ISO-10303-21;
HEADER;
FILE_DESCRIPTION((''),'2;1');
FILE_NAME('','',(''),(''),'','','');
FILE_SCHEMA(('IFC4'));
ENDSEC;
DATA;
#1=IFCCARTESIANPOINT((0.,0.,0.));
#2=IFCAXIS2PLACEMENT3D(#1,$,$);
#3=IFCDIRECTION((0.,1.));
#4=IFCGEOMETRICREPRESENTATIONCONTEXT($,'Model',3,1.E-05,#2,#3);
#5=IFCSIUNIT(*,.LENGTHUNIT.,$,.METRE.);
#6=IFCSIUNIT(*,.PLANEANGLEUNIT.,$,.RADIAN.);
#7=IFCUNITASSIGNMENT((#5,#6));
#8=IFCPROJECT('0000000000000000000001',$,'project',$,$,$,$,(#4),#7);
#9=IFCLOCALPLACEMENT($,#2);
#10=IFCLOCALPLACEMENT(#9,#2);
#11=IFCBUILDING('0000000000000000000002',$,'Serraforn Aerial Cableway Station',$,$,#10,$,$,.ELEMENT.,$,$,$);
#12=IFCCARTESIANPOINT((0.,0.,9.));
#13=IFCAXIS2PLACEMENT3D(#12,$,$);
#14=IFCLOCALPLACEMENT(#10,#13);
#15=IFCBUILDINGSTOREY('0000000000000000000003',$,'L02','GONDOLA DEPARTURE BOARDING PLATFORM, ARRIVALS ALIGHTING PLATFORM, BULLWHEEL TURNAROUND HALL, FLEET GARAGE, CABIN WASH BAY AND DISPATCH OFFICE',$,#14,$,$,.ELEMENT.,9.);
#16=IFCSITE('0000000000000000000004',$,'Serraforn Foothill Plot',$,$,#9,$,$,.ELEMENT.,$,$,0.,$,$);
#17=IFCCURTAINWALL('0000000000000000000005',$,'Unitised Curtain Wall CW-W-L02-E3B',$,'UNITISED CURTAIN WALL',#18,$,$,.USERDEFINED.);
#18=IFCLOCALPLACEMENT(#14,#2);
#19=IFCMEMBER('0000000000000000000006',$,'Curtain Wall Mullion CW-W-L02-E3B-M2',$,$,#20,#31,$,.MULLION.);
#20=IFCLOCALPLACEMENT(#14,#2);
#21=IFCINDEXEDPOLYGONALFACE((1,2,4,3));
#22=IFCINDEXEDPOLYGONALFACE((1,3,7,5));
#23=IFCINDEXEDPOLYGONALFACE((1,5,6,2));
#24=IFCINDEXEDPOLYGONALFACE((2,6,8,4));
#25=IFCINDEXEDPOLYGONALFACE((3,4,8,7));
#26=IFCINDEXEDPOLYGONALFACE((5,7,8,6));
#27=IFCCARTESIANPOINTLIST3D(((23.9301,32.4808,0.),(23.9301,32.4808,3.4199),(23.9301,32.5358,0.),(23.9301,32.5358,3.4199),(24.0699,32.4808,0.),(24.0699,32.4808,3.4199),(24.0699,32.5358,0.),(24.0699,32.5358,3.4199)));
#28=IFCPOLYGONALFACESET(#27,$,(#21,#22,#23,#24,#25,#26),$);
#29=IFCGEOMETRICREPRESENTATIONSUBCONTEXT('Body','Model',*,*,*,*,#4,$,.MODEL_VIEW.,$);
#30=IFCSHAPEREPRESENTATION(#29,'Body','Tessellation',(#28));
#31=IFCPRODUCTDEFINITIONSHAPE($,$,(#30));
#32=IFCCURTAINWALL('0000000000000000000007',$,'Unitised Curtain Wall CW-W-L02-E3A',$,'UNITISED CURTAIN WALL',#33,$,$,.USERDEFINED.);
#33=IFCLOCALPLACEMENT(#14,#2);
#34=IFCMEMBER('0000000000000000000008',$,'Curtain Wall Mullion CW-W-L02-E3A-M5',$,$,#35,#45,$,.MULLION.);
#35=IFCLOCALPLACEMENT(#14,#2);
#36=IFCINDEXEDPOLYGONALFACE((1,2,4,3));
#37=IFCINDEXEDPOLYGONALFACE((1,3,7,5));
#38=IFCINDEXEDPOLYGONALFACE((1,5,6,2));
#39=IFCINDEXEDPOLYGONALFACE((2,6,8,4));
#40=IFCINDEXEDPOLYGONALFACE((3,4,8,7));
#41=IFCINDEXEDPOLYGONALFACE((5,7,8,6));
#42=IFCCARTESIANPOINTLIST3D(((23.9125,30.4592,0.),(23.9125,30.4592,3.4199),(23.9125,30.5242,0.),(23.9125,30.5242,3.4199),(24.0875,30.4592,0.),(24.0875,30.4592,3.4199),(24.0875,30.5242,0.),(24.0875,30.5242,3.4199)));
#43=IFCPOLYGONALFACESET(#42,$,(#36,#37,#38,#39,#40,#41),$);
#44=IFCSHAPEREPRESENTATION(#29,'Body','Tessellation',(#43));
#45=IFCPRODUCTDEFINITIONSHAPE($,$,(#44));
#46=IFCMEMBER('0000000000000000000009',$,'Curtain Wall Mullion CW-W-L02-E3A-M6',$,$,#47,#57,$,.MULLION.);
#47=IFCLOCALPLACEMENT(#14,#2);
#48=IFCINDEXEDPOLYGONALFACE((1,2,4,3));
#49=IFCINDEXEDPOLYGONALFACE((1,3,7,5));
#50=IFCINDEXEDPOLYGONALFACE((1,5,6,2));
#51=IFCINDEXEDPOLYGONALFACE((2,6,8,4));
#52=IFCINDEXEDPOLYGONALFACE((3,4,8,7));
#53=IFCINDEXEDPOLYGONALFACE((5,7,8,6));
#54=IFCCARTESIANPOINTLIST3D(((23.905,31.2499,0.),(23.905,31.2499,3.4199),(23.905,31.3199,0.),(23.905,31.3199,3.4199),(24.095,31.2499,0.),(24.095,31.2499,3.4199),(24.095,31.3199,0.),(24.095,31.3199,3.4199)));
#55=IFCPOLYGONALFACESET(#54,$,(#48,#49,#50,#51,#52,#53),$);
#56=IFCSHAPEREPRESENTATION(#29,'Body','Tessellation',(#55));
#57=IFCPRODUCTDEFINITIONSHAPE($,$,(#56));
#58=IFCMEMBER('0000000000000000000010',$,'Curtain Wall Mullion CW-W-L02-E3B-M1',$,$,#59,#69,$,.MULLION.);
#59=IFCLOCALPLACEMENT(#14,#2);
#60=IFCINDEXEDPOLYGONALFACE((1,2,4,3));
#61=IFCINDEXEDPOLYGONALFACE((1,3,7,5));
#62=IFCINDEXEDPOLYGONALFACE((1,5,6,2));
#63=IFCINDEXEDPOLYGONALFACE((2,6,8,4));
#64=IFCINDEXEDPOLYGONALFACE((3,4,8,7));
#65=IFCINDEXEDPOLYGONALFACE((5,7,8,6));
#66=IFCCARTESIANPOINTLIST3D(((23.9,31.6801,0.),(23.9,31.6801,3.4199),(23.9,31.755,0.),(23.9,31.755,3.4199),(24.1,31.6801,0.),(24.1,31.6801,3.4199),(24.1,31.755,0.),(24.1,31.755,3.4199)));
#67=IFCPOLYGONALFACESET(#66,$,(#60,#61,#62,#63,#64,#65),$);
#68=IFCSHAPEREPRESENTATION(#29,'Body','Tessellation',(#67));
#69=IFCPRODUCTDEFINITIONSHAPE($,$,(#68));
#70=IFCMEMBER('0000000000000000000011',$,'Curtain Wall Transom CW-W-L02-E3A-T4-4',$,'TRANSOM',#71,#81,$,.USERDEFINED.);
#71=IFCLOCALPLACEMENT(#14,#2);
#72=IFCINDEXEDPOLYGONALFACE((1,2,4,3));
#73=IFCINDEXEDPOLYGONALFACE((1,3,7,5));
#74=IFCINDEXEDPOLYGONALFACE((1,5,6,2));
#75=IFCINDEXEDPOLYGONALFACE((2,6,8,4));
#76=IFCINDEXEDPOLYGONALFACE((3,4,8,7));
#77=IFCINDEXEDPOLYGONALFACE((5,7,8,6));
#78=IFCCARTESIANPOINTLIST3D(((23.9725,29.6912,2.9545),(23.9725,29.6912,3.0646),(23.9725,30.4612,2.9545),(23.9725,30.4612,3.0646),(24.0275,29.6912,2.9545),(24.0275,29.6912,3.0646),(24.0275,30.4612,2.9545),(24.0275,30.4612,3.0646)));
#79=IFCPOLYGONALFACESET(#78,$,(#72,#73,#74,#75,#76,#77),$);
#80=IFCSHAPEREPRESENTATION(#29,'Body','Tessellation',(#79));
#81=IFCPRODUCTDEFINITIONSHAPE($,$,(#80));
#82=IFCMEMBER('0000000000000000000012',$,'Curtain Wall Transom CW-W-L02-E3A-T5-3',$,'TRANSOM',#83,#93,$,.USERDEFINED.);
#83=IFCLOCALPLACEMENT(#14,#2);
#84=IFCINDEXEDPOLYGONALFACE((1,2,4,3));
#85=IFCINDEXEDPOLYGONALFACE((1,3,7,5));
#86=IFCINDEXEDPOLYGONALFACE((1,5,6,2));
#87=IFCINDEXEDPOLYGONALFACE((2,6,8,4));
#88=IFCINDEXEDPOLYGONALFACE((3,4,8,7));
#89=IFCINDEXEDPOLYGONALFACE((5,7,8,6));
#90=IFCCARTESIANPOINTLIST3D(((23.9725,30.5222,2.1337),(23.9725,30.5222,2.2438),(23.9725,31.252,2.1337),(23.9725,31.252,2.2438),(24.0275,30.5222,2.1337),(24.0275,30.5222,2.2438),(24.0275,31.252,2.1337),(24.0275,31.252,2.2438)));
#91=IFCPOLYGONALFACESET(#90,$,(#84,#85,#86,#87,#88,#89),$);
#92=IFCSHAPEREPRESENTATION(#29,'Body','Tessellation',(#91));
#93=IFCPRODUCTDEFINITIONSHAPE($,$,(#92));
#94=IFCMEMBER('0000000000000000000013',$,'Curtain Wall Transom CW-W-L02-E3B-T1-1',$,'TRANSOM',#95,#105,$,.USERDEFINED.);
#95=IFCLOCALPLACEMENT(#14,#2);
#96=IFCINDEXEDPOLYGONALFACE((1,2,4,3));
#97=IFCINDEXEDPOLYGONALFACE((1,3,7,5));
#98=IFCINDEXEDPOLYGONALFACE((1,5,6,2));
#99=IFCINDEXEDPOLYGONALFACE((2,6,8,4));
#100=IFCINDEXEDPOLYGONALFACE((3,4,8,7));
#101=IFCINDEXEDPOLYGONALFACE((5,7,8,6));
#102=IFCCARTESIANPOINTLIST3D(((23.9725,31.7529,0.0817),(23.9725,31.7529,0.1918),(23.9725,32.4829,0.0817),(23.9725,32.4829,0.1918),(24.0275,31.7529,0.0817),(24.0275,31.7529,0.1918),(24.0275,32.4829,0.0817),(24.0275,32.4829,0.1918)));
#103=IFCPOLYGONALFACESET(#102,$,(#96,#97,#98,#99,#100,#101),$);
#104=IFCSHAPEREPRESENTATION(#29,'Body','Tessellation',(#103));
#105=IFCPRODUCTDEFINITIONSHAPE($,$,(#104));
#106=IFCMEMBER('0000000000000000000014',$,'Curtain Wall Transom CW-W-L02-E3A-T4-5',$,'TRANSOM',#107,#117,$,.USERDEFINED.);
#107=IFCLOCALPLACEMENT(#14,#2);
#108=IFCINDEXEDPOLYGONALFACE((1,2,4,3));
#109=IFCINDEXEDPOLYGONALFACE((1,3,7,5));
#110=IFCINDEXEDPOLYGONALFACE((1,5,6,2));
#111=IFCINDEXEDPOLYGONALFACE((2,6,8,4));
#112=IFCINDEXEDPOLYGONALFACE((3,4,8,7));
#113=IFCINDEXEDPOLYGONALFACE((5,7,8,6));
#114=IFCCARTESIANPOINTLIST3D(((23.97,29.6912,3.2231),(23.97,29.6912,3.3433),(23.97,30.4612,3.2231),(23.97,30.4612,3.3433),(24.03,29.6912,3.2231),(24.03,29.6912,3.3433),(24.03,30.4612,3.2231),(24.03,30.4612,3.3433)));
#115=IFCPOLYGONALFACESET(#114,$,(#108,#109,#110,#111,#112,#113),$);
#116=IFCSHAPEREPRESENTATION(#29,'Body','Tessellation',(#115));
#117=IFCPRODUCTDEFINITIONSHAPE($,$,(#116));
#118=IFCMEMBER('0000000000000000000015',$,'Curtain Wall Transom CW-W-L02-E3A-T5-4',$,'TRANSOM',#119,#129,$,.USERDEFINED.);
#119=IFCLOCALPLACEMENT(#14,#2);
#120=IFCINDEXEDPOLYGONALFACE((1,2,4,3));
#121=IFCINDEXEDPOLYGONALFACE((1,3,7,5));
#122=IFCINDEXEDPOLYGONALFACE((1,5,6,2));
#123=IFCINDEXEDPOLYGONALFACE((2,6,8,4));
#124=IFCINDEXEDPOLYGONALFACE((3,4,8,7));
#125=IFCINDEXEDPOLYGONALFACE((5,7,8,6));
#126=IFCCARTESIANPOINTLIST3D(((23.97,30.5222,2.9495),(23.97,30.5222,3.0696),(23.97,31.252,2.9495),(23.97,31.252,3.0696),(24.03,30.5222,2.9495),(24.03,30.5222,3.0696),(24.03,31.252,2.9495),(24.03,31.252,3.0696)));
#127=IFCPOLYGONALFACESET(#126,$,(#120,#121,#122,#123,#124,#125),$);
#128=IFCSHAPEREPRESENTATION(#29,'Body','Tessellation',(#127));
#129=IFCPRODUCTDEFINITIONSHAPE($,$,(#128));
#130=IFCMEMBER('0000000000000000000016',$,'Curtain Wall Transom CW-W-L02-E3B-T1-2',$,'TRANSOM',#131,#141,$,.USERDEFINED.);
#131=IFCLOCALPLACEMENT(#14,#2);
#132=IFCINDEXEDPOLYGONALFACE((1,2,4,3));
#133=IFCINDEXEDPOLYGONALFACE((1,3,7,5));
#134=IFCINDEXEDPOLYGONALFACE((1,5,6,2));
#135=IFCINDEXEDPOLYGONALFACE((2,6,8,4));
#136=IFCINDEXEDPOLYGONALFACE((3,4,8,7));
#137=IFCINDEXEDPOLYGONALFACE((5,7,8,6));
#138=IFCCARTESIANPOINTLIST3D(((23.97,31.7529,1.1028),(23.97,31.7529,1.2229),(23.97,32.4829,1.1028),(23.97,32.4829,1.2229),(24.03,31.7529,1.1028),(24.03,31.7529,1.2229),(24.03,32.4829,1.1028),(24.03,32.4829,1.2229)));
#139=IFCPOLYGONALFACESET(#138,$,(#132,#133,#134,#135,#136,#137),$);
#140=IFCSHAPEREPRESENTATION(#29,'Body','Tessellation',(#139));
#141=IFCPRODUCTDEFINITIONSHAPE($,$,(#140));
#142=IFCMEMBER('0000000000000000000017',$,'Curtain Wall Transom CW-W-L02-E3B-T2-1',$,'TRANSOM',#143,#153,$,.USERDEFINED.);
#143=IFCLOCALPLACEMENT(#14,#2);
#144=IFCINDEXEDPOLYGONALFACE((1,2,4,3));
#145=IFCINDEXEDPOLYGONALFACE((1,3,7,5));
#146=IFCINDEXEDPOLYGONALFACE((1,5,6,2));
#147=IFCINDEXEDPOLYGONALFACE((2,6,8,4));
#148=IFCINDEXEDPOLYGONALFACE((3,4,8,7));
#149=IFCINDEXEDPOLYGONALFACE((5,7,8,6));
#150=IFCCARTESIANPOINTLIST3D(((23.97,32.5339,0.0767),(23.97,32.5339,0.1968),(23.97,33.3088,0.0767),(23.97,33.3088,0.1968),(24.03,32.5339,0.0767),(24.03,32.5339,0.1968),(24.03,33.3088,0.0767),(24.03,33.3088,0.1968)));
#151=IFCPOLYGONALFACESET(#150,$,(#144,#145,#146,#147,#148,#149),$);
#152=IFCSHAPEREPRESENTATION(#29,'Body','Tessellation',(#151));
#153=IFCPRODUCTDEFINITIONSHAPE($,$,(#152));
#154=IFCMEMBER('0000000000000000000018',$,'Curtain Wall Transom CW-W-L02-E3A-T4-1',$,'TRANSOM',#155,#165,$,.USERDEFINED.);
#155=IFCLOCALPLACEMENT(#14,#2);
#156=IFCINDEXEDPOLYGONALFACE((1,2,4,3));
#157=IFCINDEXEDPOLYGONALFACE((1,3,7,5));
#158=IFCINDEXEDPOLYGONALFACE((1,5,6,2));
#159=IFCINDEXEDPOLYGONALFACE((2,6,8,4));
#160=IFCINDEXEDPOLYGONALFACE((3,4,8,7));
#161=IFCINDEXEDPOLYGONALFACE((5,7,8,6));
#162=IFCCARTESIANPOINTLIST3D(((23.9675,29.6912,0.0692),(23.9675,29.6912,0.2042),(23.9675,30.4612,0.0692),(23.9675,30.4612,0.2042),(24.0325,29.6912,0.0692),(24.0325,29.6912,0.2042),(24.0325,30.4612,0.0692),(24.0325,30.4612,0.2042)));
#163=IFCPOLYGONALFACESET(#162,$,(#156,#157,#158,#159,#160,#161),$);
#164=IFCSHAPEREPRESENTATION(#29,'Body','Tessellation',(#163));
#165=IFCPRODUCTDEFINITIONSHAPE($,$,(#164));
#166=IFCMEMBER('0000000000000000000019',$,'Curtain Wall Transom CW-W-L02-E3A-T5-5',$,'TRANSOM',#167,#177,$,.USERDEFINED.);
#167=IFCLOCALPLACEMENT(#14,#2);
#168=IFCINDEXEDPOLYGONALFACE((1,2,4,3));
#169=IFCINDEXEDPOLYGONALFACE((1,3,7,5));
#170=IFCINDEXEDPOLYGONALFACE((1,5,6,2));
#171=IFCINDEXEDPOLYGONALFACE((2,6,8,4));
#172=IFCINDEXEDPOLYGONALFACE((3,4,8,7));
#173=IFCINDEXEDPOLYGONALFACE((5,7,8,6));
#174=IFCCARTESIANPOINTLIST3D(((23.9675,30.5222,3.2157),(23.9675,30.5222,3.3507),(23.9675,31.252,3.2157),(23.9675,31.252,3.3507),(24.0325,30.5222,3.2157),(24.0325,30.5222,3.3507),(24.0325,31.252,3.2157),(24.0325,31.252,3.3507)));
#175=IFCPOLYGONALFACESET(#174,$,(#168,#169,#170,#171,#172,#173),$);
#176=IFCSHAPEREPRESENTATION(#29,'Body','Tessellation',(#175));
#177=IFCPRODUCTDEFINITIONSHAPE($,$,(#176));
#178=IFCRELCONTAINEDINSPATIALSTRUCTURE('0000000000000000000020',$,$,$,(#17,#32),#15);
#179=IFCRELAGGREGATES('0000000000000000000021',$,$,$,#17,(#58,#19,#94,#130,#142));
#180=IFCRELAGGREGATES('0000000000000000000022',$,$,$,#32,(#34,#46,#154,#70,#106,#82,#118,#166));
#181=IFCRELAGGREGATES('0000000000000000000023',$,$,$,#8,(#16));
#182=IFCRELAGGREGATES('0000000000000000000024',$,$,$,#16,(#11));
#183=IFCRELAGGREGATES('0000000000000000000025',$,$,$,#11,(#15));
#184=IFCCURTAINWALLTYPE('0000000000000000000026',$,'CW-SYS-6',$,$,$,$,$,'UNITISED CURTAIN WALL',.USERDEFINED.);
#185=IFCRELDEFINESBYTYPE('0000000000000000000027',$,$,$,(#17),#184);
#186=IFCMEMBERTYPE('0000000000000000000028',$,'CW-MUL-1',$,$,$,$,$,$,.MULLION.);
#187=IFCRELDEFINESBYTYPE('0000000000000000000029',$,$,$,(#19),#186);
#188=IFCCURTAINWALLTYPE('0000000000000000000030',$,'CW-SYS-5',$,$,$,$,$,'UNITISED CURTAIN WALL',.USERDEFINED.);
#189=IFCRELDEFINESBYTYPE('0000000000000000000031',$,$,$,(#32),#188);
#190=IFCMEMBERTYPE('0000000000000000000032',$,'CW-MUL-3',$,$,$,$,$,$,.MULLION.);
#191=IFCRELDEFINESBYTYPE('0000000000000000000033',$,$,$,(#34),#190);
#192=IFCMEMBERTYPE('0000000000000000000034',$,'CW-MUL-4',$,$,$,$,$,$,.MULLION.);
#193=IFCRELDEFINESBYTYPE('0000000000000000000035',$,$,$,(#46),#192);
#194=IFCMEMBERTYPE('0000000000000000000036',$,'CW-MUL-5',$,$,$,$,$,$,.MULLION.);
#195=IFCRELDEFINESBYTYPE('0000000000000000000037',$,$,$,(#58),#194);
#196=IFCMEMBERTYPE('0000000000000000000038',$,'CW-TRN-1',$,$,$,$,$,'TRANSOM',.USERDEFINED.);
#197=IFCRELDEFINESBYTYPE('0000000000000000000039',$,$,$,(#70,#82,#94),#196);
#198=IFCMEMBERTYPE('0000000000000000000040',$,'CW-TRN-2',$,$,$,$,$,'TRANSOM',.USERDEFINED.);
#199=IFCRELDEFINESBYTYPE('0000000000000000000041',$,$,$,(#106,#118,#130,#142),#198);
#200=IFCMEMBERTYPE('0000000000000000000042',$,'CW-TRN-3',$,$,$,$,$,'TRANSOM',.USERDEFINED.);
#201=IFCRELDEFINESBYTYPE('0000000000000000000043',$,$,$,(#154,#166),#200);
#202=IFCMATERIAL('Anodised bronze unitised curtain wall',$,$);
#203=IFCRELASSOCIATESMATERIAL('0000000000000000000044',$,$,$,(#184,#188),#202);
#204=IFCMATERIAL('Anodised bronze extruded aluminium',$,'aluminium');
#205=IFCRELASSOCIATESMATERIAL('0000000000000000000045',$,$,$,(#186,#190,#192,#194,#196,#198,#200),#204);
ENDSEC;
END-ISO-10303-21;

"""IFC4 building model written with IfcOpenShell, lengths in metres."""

from ifc_helpers import new_model, si_unit, direction, frame, origin, origin_2d, place, context, subcontext, project, spatial, rectangle, extrude, material, material_profile, profile_set, type_object, element, aggregate, save


model = new_model("IFC4")

# Units and contexts
model_context = context("Model", 3, precision=1e-05, world=origin(), true_north=direction((0.0, 1.0)))
body_context = subcontext(model_context, "Body", "Model", "MODEL_VIEW")
ifc_project = project(units=[si_unit("LENGTHUNIT", "METRE"), si_unit("PLANEANGLEUNIT", "RADIAN")], contexts=[model_context])

# Site, building, storey
site_placement = place(None, origin())
site = spatial("IfcSite", under=ifc_project, at=site_placement, Name="Serraforn Foothill Plot", CompositionType="ELEMENT", RefElevation=0.0)
building_placement = place(site_placement, origin())
building = spatial("IfcBuilding", under=site, at=building_placement, Name="Serraforn Aerial Cableway Station", CompositionType="ELEMENT")
storey_placement = place(building_placement, frame((0.0, 0.0, 9.0)))
storey = spatial("IfcBuildingStorey", under=building, at=storey_placement, Name="L02", Description="GONDOLA DEPARTURE BOARDING PLATFORM, ARRIVALS ALIGHTING PLATFORM, BULLWHEEL TURNAROUND HALL, FLEET GARAGE, CABIN WASH BAY AND DISPATCH OFFICE", CompositionType="ELEMENT", Elevation=9.0)

# Curtain wall, member
ifc_material_1 = material(Name="Anodised bronze unitised curtain wall")
curtain_wall_type_1 = type_object("IfcCurtainWallType", Name="CW-SYS-6", ElementType="UNITISED CURTAIN WALL", PredefinedType="USERDEFINED", material=ifc_material_1)
curtain_wall_1_placement = place(storey_placement, origin())
curtain_wall_1 = element("IfcCurtainWall", 1, at=curtain_wall_1_placement, inside=storey, type_object=curtain_wall_type_1, Name="Unitised Curtain Wall CW-W-L02-E3B", ObjectType="UNITISED CURTAIN WALL", PredefinedType="USERDEFINED")
ifc_material_2 = material(Name="Anodised bronze extruded aluminium", Category="aluminium")
ifc_material_profile_1 = material_profile(ifc_material_2, rectangle(XDim=0.0549, YDim=0.1399, at=origin_2d()), Name="CW MULLION 55x140")
ifc_profile_set_1 = profile_set([ifc_material_profile_1], Name="Anodised bronze extruded aluminium")
member_type_1 = type_object("IfcMemberType", Name="CW-MUL-1", PredefinedType="MULLION", material=ifc_profile_set_1)
member_1_placement = place(storey_placement, frame((24.0, 32.5083, 0.0), z_axis=(0.0, 0.0, 1.0), x_axis=(0.0, 1.0, 0.0)))
member_1 = element("IfcMember", 2, at=member_1_placement, type_object=member_type_1, Name="Curtain Wall Mullion CW-W-L02-E3B-M2", PredefinedType="MULLION", context=body_context, shape_type="SweptSolid", body=[
    extrude(rectangle(XDim=0.0549, YDim=0.1399, at=origin_2d()), origin(), (0.0, 0.0, 1.0), 3.4199),
])

# Curtain wall, members
curtain_wall_type_2 = type_object("IfcCurtainWallType", Name="CW-SYS-5", ElementType="UNITISED CURTAIN WALL", PredefinedType="USERDEFINED", material=ifc_material_1)
curtain_wall_2_placement = place(storey_placement, origin())
curtain_wall_2 = element("IfcCurtainWall", 3, at=curtain_wall_2_placement, inside=storey, type_object=curtain_wall_type_2, Name="Unitised Curtain Wall CW-W-L02-E3A", ObjectType="UNITISED CURTAIN WALL", PredefinedType="USERDEFINED")
ifc_material_profile_2 = material_profile(ifc_material_2, rectangle(XDim=0.0649, YDim=0.175, at=origin_2d()), Name="CW MULLION 65x175")
ifc_profile_set_2 = profile_set([ifc_material_profile_2], Name="Anodised bronze extruded aluminium")
member_type_2 = type_object("IfcMemberType", Name="CW-MUL-3", PredefinedType="MULLION", material=ifc_profile_set_2)
member_2_placement = place(storey_placement, frame((24.0, 30.4917, 0.0), z_axis=(0.0, 0.0, 1.0), x_axis=(0.0, 1.0, 0.0)))
member_2 = element("IfcMember", 4, at=member_2_placement, type_object=member_type_2, Name="Curtain Wall Mullion CW-W-L02-E3A-M5", PredefinedType="MULLION", context=body_context, shape_type="SweptSolid", body=[
    extrude(rectangle(XDim=0.0649, YDim=0.175, at=origin_2d()), origin(), (0.0, 0.0, 1.0), 3.4199),
])
ifc_material_profile_3 = material_profile(ifc_material_2, rectangle(XDim=0.0701, YDim=0.1899, at=origin_2d()), Name="CW MULLION 70x190")
ifc_profile_set_3 = profile_set([ifc_material_profile_3], Name="Anodised bronze extruded aluminium")
member_type_3 = type_object("IfcMemberType", Name="CW-MUL-4", PredefinedType="MULLION", material=ifc_profile_set_3)
member_3_placement = place(storey_placement, frame((24.0, 31.2849, 0.0), z_axis=(0.0, 0.0, 1.0), x_axis=(0.0, 1.0, 0.0)))
member_3 = element("IfcMember", 5, at=member_3_placement, type_object=member_type_3, Name="Curtain Wall Mullion CW-W-L02-E3A-M6", PredefinedType="MULLION", context=body_context, shape_type="SweptSolid", body=[
    extrude(rectangle(XDim=0.0701, YDim=0.1899, at=origin_2d()), origin(), (0.0, 0.0, 1.0), 3.4199),
])

# Members
ifc_material_profile_4 = material_profile(ifc_material_2, rectangle(XDim=0.075, YDim=0.2, at=origin_2d()), Name="CW MULLION 75x200")
ifc_profile_set_4 = profile_set([ifc_material_profile_4], Name="Anodised bronze extruded aluminium")
member_type_4 = type_object("IfcMemberType", Name="CW-MUL-5", PredefinedType="MULLION", material=ifc_profile_set_4)
member_4_placement = place(storey_placement, frame((24.0, 31.7175, 0.0), z_axis=(0.0, 0.0, 1.0), x_axis=(0.0, 1.0, 0.0)))
member_4 = element("IfcMember", 6, at=member_4_placement, type_object=member_type_4, Name="Curtain Wall Mullion CW-W-L02-E3B-M1", PredefinedType="MULLION", context=body_context, shape_type="SweptSolid", body=[
    extrude(rectangle(XDim=0.075, YDim=0.2, at=origin_2d()), origin(), (0.0, 0.0, 1.0), 3.4199),
])
ifc_material_profile_5 = material_profile(ifc_material_2, rectangle(XDim=0.0549, YDim=0.1101, at=origin_2d()), Name="CW TRANSOM 55x110")
ifc_profile_set_5 = profile_set([ifc_material_profile_5], Name="Anodised bronze extruded aluminium")
member_type_5 = type_object("IfcMemberType", Name="CW-TRN-1", ElementType="TRANSOM", PredefinedType="USERDEFINED", material=ifc_profile_set_5)
member_5_placement = place(storey_placement, frame((24.0, 29.6912, 3.0095), z_axis=(0.0, 1.0, 0.0), x_axis=(-1.0, 0.0, 0.0)))
member_5 = element("IfcMember", 7, at=member_5_placement, type_object=member_type_5, Name="Curtain Wall Transom CW-W-L02-E3A-T4-4", ObjectType="TRANSOM", PredefinedType="USERDEFINED", context=body_context, shape_type="SweptSolid", body=[
    extrude(rectangle(XDim=0.0549, YDim=0.1101, at=origin_2d()), origin(), (0.0, 0.0, 1.0), 0.77),
])
member_6_placement = place(storey_placement, frame((24.0, 30.5222, 2.1887), z_axis=(0.0, 1.0, 0.0), x_axis=(-1.0, 0.0, 0.0)))
member_6 = element("IfcMember", 8, at=member_6_placement, type_object=member_type_5, Name="Curtain Wall Transom CW-W-L02-E3A-T5-3", ObjectType="TRANSOM", PredefinedType="USERDEFINED", context=body_context, shape_type="SweptSolid", body=[
    extrude(rectangle(XDim=0.0549, YDim=0.1101, at=origin_2d()), origin(), (0.0, 0.0, 1.0), 0.7297),
])
member_7_placement = place(storey_placement, frame((24.0, 31.7529, 0.1367), z_axis=(0.0, 1.0, 0.0), x_axis=(-1.0, 0.0, 0.0)))
member_7 = element("IfcMember", 9, at=member_7_placement, type_object=member_type_5, Name="Curtain Wall Transom CW-W-L02-E3B-T1-1", ObjectType="TRANSOM", PredefinedType="USERDEFINED", context=body_context, shape_type="SweptSolid", body=[
    extrude(rectangle(XDim=0.0549, YDim=0.1101, at=origin_2d()), origin(), (0.0, 0.0, 1.0), 0.73),
])
ifc_material_profile_6 = material_profile(ifc_material_2, rectangle(XDim=0.0601, YDim=0.1201, at=origin_2d()), Name="CW TRANSOM 60x120")
ifc_profile_set_6 = profile_set([ifc_material_profile_6], Name="Anodised bronze extruded aluminium")
member_type_6 = type_object("IfcMemberType", Name="CW-TRN-2", ElementType="TRANSOM", PredefinedType="USERDEFINED", material=ifc_profile_set_6)
member_8_placement = place(storey_placement, frame((24.0, 29.6912, 3.2832), z_axis=(0.0, 1.0, 0.0), x_axis=(-1.0, 0.0, 0.0)))
member_8 = element("IfcMember", 10, at=member_8_placement, type_object=member_type_6, Name="Curtain Wall Transom CW-W-L02-E3A-T4-5", ObjectType="TRANSOM", PredefinedType="USERDEFINED", context=body_context, shape_type="SweptSolid", body=[
    extrude(rectangle(XDim=0.0601, YDim=0.1201, at=origin_2d()), origin(), (0.0, 0.0, 1.0), 0.77),
])
member_9_placement = place(storey_placement, frame((24.0, 30.5222, 3.0095), z_axis=(0.0, 1.0, 0.0), x_axis=(-1.0, 0.0, 0.0)))
member_9 = element("IfcMember", 11, at=member_9_placement, type_object=member_type_6, Name="Curtain Wall Transom CW-W-L02-E3A-T5-4", ObjectType="TRANSOM", PredefinedType="USERDEFINED", context=body_context, shape_type="SweptSolid", body=[
    extrude(rectangle(XDim=0.0601, YDim=0.1201, at=origin_2d()), origin(), (0.0, 0.0, 1.0), 0.7297),
])
member_10_placement = place(storey_placement, frame((24.0, 31.7529, 1.1628), z_axis=(0.0, 1.0, 0.0), x_axis=(-1.0, 0.0, 0.0)))
member_10 = element("IfcMember", 12, at=member_10_placement, type_object=member_type_6, Name="Curtain Wall Transom CW-W-L02-E3B-T1-2", ObjectType="TRANSOM", PredefinedType="USERDEFINED", context=body_context, shape_type="SweptSolid", body=[
    extrude(rectangle(XDim=0.0601, YDim=0.1201, at=origin_2d()), origin(), (0.0, 0.0, 1.0), 0.73),
])
member_11_placement = place(storey_placement, frame((24.0, 32.5339, 0.1367), z_axis=(0.0, 1.0, 0.0), x_axis=(-1.0, 0.0, 0.0)))
member_11 = element("IfcMember", 13, at=member_11_placement, type_object=member_type_6, Name="Curtain Wall Transom CW-W-L02-E3B-T2-1", ObjectType="TRANSOM", PredefinedType="USERDEFINED", context=body_context, shape_type="SweptSolid", body=[
    extrude(rectangle(XDim=0.0601, YDim=0.1201, at=origin_2d()), origin(), (0.0, 0.0, 1.0), 0.7749),
])
ifc_material_profile_7 = material_profile(ifc_material_2, rectangle(XDim=0.0649, YDim=0.135, at=origin_2d()), Name="CW TRANSOM 65x135")
ifc_profile_set_7 = profile_set([ifc_material_profile_7], Name="Anodised bronze extruded aluminium")
member_type_7 = type_object("IfcMemberType", Name="CW-TRN-3", ElementType="TRANSOM", PredefinedType="USERDEFINED", material=ifc_profile_set_7)
member_12_placement = place(storey_placement, frame((24.0, 29.6912, 0.1367), z_axis=(0.0, 1.0, 0.0), x_axis=(-1.0, 0.0, 0.0)))
member_12 = element("IfcMember", 14, at=member_12_placement, type_object=member_type_7, Name="Curtain Wall Transom CW-W-L02-E3A-T4-1", ObjectType="TRANSOM", PredefinedType="USERDEFINED", context=body_context, shape_type="SweptSolid", body=[
    extrude(rectangle(XDim=0.0649, YDim=0.135, at=origin_2d()), origin(), (0.0, 0.0, 1.0), 0.77),
])
member_13_placement = place(storey_placement, frame((24.0, 30.5222, 3.2832), z_axis=(0.0, 1.0, 0.0), x_axis=(-1.0, 0.0, 0.0)))
member_13 = element("IfcMember", 15, at=member_13_placement, type_object=member_type_7, Name="Curtain Wall Transom CW-W-L02-E3A-T5-5", ObjectType="TRANSOM", PredefinedType="USERDEFINED", context=body_context, shape_type="SweptSolid", body=[
    extrude(rectangle(XDim=0.0649, YDim=0.135, at=origin_2d()), origin(), (0.0, 0.0, 1.0), 0.7297),
])

aggregate(curtain_wall_1, [member_4, member_1, member_7, member_10, member_11])
aggregate(curtain_wall_2, [member_2, member_3, member_12, member_5, member_8, member_6, member_9, member_13])

save(model, "model.ifc")
